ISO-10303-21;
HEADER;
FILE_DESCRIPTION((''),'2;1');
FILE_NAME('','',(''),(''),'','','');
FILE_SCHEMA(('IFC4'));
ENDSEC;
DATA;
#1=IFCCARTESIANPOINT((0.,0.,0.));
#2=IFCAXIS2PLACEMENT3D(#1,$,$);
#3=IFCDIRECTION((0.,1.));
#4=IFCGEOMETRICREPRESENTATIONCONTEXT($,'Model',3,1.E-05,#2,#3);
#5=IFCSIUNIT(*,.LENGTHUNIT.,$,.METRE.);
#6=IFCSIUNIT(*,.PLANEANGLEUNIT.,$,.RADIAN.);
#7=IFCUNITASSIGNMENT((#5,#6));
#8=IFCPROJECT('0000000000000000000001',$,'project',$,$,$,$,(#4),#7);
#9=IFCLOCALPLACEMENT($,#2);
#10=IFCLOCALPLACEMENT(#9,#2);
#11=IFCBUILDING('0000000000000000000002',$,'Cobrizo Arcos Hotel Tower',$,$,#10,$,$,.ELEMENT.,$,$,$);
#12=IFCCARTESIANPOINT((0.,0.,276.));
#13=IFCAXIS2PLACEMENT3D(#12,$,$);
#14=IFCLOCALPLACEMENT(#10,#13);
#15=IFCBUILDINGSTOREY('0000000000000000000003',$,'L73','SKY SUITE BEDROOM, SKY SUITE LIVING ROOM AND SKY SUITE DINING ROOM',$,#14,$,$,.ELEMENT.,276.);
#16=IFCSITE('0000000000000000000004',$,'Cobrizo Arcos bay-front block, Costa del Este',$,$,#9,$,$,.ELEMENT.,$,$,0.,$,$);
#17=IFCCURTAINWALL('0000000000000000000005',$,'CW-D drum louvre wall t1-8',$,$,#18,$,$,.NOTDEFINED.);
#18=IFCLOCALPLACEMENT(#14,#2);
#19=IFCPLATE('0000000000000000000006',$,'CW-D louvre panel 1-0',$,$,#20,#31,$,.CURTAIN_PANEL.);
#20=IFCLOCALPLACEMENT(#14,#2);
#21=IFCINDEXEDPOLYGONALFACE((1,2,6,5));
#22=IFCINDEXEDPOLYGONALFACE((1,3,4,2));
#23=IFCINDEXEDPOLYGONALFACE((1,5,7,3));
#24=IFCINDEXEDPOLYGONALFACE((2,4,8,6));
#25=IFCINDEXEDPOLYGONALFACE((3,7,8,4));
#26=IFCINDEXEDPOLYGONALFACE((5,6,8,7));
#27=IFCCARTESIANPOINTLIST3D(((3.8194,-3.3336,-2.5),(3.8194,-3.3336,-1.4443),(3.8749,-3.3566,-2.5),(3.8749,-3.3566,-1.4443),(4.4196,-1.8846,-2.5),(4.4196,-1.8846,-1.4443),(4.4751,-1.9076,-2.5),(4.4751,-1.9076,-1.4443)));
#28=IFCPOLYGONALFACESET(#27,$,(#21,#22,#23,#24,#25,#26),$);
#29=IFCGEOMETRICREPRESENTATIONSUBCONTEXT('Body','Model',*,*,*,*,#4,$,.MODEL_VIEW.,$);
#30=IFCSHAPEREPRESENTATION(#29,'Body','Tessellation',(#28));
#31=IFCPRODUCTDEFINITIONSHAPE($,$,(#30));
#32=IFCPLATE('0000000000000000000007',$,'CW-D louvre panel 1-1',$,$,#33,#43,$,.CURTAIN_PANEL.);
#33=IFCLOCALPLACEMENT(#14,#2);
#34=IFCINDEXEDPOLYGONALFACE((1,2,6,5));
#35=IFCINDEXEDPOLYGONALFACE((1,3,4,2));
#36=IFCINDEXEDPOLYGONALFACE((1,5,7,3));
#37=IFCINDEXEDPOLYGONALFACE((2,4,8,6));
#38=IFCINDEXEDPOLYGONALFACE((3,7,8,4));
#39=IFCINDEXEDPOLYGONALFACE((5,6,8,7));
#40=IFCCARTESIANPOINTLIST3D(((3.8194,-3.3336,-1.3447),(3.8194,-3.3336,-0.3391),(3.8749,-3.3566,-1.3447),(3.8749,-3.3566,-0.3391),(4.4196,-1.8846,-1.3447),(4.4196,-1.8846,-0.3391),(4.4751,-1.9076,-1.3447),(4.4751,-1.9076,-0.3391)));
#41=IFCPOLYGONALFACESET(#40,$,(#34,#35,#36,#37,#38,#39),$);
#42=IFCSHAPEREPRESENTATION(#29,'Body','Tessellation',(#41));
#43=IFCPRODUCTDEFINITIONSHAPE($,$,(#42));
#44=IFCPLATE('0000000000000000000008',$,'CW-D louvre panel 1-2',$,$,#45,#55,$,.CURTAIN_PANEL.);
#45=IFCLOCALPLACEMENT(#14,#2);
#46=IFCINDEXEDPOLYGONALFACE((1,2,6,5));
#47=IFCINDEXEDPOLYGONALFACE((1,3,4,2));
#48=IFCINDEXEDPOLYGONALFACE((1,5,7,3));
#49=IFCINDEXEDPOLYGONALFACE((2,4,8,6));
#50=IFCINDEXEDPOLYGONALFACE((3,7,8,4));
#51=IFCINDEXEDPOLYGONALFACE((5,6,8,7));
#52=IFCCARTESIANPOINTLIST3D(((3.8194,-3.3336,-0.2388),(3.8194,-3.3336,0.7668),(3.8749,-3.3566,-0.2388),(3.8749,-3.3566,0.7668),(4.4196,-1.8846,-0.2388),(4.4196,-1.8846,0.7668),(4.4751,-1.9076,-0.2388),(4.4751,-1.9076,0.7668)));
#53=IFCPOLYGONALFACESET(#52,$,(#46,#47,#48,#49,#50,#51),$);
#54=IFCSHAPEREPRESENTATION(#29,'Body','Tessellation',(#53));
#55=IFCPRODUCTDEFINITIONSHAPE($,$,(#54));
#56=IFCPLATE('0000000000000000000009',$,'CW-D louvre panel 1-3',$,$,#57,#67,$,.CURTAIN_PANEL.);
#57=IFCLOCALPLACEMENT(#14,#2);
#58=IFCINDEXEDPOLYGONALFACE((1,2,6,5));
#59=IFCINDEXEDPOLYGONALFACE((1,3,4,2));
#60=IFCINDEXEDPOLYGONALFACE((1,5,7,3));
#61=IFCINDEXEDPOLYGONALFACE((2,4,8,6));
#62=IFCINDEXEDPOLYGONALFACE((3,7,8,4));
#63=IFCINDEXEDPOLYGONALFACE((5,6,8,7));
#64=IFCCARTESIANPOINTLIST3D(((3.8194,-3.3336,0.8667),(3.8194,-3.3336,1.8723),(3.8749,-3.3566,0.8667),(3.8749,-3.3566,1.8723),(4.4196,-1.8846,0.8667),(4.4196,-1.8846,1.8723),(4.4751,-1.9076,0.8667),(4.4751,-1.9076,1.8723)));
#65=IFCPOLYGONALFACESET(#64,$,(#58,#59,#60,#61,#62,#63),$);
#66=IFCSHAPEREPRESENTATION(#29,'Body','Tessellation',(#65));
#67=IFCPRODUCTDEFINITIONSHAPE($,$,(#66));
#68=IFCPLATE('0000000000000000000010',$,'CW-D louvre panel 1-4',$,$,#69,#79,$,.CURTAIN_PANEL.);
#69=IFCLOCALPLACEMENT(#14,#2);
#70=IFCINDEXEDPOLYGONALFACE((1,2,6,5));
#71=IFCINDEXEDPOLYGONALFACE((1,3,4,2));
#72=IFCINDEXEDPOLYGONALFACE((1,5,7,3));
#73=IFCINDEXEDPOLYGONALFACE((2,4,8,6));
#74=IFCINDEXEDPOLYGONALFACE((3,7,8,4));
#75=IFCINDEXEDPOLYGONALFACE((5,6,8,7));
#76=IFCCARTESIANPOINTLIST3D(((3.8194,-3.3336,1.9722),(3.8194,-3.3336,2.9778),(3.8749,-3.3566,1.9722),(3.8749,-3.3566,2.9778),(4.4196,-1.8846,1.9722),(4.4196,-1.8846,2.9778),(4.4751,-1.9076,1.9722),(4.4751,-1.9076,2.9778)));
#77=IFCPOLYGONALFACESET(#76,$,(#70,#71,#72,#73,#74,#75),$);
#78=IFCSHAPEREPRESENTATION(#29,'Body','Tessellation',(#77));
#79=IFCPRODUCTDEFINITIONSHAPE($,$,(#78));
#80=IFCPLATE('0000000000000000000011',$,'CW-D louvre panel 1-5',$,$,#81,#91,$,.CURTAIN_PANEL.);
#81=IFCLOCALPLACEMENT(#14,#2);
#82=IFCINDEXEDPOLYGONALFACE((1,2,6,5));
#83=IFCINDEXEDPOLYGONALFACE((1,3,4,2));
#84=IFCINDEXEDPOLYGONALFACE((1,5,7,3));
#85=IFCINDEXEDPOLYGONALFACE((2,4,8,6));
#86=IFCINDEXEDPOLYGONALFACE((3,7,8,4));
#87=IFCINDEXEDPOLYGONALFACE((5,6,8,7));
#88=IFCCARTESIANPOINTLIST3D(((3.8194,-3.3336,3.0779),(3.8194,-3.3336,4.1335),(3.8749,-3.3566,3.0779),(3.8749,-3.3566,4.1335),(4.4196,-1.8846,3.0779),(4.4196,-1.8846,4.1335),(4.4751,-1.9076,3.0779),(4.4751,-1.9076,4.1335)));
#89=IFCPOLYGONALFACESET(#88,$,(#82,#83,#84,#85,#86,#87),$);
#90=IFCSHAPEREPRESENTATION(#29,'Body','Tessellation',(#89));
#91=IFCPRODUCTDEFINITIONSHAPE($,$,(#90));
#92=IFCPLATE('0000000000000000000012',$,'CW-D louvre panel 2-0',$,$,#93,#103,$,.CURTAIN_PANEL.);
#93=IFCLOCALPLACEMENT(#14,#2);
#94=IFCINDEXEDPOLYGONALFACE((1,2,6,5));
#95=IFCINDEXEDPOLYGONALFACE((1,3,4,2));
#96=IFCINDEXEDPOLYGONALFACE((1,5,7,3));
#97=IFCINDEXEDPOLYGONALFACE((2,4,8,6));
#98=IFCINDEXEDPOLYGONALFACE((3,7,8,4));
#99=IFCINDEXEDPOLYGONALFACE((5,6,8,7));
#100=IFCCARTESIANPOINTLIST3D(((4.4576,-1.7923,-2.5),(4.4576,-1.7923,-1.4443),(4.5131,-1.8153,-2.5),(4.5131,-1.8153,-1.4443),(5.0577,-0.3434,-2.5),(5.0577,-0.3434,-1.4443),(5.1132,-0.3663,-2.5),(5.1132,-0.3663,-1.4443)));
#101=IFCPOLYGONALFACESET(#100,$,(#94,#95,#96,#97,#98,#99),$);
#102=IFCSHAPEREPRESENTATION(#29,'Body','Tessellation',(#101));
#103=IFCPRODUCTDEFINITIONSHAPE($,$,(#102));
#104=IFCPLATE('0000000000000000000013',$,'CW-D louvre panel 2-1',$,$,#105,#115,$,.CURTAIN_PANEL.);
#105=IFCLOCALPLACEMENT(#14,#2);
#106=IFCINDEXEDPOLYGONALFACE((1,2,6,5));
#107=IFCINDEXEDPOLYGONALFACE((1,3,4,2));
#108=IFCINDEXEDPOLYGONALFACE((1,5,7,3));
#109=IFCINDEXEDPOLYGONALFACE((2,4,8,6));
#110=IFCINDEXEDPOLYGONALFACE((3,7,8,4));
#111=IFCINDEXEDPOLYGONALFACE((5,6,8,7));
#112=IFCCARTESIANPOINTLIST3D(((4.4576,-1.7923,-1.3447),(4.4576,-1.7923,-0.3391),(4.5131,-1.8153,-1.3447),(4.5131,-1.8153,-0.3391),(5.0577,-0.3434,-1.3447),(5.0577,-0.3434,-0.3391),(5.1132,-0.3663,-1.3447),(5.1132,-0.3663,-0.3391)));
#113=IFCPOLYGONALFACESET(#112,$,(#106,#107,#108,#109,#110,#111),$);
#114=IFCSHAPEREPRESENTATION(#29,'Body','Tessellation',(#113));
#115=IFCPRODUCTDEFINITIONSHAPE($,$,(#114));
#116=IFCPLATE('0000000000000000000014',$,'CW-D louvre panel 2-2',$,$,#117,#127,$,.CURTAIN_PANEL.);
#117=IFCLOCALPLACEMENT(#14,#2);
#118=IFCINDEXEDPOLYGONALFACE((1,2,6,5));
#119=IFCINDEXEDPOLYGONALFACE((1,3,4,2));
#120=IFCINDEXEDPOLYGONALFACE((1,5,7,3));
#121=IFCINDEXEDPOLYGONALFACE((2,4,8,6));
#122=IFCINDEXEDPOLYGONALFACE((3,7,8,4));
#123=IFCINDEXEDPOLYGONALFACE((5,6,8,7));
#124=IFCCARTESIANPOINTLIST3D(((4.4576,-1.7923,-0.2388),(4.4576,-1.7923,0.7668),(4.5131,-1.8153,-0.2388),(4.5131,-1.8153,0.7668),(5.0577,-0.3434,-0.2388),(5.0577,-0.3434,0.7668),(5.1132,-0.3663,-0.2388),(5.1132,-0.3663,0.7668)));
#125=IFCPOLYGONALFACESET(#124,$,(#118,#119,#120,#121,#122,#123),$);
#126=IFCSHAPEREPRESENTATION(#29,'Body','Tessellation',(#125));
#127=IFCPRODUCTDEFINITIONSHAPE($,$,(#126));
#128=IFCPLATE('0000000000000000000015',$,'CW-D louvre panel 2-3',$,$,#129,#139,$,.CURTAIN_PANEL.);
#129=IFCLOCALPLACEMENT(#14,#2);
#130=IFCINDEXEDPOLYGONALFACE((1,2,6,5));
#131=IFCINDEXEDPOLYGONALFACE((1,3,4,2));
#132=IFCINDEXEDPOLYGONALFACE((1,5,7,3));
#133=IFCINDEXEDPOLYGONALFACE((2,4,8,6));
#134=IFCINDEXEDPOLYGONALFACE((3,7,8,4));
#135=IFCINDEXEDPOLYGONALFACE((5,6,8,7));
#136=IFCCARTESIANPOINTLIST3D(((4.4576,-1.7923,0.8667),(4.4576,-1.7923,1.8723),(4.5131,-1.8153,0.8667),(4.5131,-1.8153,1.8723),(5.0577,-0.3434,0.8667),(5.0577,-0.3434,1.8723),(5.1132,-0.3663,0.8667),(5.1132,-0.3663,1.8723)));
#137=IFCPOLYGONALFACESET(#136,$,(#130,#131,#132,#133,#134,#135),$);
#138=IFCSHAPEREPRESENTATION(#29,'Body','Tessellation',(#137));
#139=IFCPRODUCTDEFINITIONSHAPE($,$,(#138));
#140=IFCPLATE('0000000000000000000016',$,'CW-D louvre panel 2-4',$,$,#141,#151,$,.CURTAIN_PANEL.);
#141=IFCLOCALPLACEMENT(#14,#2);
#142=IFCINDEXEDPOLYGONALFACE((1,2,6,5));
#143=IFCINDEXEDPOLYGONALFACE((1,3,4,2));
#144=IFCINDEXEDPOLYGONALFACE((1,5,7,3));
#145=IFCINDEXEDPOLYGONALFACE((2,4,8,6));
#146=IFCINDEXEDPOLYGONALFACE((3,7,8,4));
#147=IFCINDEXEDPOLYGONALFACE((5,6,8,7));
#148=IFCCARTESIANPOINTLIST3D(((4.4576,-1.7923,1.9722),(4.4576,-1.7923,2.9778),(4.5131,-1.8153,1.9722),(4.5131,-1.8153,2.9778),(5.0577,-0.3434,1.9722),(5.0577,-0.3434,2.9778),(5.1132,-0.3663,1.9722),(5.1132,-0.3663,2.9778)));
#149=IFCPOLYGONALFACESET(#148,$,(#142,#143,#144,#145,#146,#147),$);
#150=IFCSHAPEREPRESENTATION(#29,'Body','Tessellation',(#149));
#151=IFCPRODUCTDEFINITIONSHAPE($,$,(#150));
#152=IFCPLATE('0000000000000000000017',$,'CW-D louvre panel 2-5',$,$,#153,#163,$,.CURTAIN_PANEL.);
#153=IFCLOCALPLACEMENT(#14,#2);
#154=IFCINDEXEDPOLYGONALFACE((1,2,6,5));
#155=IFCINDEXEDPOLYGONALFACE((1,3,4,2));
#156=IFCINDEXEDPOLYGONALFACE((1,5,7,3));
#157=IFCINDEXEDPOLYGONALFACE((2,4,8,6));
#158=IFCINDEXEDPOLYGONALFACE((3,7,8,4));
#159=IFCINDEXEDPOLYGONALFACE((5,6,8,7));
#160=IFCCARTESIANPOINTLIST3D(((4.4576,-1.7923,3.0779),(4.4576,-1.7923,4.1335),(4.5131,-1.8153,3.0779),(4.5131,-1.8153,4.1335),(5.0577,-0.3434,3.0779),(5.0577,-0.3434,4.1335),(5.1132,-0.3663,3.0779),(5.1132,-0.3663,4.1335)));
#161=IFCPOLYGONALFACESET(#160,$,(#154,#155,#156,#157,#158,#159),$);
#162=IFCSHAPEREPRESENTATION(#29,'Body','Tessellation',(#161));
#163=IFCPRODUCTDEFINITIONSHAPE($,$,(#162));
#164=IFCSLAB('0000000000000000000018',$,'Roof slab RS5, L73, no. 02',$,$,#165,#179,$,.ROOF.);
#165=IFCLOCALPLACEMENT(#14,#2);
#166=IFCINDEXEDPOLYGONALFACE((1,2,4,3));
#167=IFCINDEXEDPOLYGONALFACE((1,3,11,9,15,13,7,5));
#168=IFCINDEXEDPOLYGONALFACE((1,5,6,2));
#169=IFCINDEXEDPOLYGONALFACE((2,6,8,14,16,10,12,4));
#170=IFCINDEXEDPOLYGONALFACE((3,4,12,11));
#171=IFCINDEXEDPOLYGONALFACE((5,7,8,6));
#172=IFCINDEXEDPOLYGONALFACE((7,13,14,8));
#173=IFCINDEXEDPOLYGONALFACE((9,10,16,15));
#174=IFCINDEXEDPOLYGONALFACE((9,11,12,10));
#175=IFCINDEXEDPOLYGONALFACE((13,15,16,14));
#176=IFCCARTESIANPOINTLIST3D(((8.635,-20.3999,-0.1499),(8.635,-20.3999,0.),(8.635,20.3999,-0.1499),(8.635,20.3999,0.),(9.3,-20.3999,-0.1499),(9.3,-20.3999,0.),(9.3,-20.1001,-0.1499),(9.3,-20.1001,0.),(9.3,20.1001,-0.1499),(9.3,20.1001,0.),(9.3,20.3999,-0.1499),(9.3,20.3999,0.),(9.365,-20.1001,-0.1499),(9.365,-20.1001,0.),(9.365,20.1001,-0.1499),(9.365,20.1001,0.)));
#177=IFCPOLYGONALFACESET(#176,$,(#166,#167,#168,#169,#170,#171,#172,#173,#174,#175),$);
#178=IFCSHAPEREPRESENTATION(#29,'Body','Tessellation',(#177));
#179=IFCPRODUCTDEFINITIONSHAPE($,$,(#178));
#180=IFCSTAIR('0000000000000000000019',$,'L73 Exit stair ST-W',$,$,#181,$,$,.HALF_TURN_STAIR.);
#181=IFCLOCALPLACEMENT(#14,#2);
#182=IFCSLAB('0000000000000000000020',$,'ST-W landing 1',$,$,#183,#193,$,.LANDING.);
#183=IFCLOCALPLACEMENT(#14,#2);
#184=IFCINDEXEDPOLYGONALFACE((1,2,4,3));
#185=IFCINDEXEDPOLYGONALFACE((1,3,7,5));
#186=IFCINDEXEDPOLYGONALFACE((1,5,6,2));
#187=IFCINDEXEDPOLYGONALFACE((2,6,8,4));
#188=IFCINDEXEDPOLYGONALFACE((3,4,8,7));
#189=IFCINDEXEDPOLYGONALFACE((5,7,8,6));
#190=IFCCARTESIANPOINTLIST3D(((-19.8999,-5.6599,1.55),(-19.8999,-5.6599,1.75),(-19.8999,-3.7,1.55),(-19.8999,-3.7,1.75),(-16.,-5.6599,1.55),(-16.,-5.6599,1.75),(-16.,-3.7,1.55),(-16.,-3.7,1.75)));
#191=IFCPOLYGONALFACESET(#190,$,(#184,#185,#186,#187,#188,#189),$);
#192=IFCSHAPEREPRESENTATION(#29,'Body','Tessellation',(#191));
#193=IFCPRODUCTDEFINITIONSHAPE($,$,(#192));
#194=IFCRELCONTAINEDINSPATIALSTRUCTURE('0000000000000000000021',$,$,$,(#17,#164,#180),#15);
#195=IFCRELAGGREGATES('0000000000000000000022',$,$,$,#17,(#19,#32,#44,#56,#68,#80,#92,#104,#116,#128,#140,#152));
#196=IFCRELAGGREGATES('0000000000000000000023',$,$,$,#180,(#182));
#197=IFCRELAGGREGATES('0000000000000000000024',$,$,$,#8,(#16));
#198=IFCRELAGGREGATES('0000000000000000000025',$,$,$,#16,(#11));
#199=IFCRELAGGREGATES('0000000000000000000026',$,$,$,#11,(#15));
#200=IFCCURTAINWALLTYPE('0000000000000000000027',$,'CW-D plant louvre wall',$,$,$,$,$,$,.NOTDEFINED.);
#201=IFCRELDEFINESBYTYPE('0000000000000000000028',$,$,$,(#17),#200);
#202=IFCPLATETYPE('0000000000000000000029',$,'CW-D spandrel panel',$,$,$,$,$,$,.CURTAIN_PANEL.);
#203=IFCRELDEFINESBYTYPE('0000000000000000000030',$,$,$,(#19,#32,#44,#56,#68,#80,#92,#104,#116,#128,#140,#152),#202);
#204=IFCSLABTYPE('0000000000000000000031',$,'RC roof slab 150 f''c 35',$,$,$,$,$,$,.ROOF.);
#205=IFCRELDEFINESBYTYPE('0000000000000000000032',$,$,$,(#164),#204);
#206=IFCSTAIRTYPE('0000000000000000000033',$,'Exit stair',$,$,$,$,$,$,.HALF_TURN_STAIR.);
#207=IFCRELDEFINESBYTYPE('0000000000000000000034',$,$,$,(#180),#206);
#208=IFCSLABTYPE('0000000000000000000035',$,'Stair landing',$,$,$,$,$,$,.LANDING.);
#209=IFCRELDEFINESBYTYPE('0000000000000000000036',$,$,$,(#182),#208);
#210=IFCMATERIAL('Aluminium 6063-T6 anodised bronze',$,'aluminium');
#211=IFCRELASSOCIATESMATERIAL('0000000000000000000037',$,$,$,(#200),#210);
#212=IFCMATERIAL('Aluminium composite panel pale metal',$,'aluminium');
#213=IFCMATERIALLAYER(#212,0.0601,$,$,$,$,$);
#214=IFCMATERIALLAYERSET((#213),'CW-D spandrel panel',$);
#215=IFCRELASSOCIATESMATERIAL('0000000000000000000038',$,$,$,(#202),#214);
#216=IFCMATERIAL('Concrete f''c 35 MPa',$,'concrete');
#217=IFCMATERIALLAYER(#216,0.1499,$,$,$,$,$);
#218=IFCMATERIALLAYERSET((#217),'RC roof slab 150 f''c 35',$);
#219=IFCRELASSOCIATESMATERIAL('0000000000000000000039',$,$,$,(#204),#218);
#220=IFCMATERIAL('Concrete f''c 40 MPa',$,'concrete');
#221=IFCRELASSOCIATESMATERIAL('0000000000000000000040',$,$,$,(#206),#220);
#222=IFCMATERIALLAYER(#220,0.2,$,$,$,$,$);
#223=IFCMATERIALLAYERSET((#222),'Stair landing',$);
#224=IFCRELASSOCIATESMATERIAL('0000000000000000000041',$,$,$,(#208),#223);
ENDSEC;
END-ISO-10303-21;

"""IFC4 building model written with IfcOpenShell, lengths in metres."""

from ifc_helpers import new_model, si_unit, direction, frame, origin, origin_2d, place, context, subcontext, project, spatial, polyline, rectangle, outline, extrude, material, layer, layer_set, type_object, element, aggregate, save


model = new_model("IFC4")

# Units and contexts
model_context = context("Model", 3, precision=1e-05, world=origin(), true_north=direction((0.0, 1.0)))
body_context = subcontext(model_context, "Body", "Model", "MODEL_VIEW")
ifc_project = project(units=[si_unit("LENGTHUNIT", "METRE"), si_unit("PLANEANGLEUNIT", "RADIAN")], contexts=[model_context])

# Site, building, storey
site_placement = place(None, origin())
site = spatial("IfcSite", under=ifc_project, at=site_placement, Name="Cobrizo Arcos bay-front block, Costa del Este", CompositionType="ELEMENT", RefElevation=0.0)
building_placement = place(site_placement, origin())
building = spatial("IfcBuilding", under=site, at=building_placement, Name="Cobrizo Arcos Hotel Tower", CompositionType="ELEMENT")
storey_placement = place(building_placement, frame((0.0, 0.0, 276.0)))
storey = spatial("IfcBuildingStorey", under=building, at=storey_placement, Name="L73", Description="SKY SUITE BEDROOM, SKY SUITE LIVING ROOM AND SKY SUITE DINING ROOM", CompositionType="ELEMENT", Elevation=276.0)

# Shared definitions
ifc_material_1 = material(Name="Aluminium 6063-T6 anodised bronze", Category="aluminium")
curtain_wall_type = type_object("IfcCurtainWallType", Name="CW-D plant louvre wall", PredefinedType="NOTDEFINED", material=ifc_material_1)

# Curtain wall
curtain_wall_1_placement = place(storey_placement, origin())
curtain_wall_1 = element("IfcCurtainWall", 1, at=curtain_wall_1_placement, inside=storey, type_object=curtain_wall_type, Name="CW-D drum louvre wall t1-8", PredefinedType="NOTDEFINED")

# Plates
ifc_material_2 = material(Name="Aluminium composite panel pale metal", Category="aluminium")
ifc_layer_1 = layer(ifc_material_2, 0.0601)
ifc_layer_set_1 = layer_set([ifc_layer_1], Name="CW-D spandrel panel")
plate_type = type_object("IfcPlateType", Name="CW-D spandrel panel", PredefinedType="CURTAIN_PANEL", material=ifc_layer_set_1)
plate_1_placement = place(storey_placement, frame((4.1472, -2.6206, -2.5), z_axis=(0.0, 0.0, 1.0), x_axis=(0.382683, 0.92388, 0.0)))
plate_1 = element("IfcPlate", 2, at=plate_1_placement, type_object=plate_type, Name="CW-D louvre panel 1-0", PredefinedType="CURTAIN_PANEL", context=body_context, shape_type="SweptSolid", body=[
    extrude(rectangle(XDim=1.5684, YDim=0.0601, at=origin_2d()), origin(), (0.0, 0.0, 1.0), 1.0557),
])
plate_2_placement = place(storey_placement, frame((4.1472, -2.6206, -1.3447), z_axis=(0.0, 0.0, 1.0), x_axis=(0.382683, 0.92388, 0.0)))
plate_2 = element("IfcPlate", 3, at=plate_2_placement, type_object=plate_type, Name="CW-D louvre panel 1-1", PredefinedType="CURTAIN_PANEL", context=body_context, shape_type="SweptSolid", body=[
    extrude(rectangle(XDim=1.5684, YDim=0.0601, at=origin_2d()), origin(), (0.0, 0.0, 1.0), 1.0056),
])
plate_3_placement = place(storey_placement, frame((4.1472, -2.6206, -0.2388), z_axis=(0.0, 0.0, 1.0), x_axis=(0.382683, 0.92388, 0.0)))
plate_3 = element("IfcPlate", 4, at=plate_3_placement, type_object=plate_type, Name="CW-D louvre panel 1-2", PredefinedType="CURTAIN_PANEL", context=body_context, shape_type="SweptSolid", body=[
    extrude(rectangle(XDim=1.5684, YDim=0.0601, at=origin_2d()), origin(), (0.0, 0.0, 1.0), 1.0056),
])
plate_4_placement = place(storey_placement, frame((4.1472, -2.6206, 0.8667), z_axis=(0.0, 0.0, 1.0), x_axis=(0.382683, 0.92388, 0.0)))
plate_4 = element("IfcPlate", 5, at=plate_4_placement, type_object=plate_type, Name="CW-D louvre panel 1-3", PredefinedType="CURTAIN_PANEL", context=body_context, shape_type="SweptSolid", body=[
    extrude(rectangle(XDim=1.5684, YDim=0.0601, at=origin_2d()), origin(), (0.0, 0.0, 1.0), 1.0056),
])
plate_5_placement = place(storey_placement, frame((4.1472, -2.6206, 1.9722), z_axis=(0.0, 0.0, 1.0), x_axis=(0.382683, 0.92388, 0.0)))
plate_5 = element("IfcPlate", 6, at=plate_5_placement, type_object=plate_type, Name="CW-D louvre panel 1-4", PredefinedType="CURTAIN_PANEL", context=body_context, shape_type="SweptSolid", body=[
    extrude(rectangle(XDim=1.5684, YDim=0.0601, at=origin_2d()), origin(), (0.0, 0.0, 1.0), 1.0056),
])
plate_6_placement = place(storey_placement, frame((4.1472, -2.6206, 3.0779), z_axis=(0.0, 0.0, 1.0), x_axis=(0.382683, 0.92388, 0.0)))
plate_6 = element("IfcPlate", 7, at=plate_6_placement, type_object=plate_type, Name="CW-D louvre panel 1-5", PredefinedType="CURTAIN_PANEL", context=body_context, shape_type="SweptSolid", body=[
    extrude(rectangle(XDim=1.5684, YDim=0.0601, at=origin_2d()), origin(), (0.0, 0.0, 1.0), 1.0557),
])
plate_7_placement = place(storey_placement, frame((4.7854, -1.0793, -2.5), z_axis=(0.0, 0.0, 1.0), x_axis=(0.382683, 0.92388, 0.0)))
plate_7 = element("IfcPlate", 8, at=plate_7_placement, type_object=plate_type, Name="CW-D louvre panel 2-0", PredefinedType="CURTAIN_PANEL", context=body_context, shape_type="SweptSolid", body=[
    extrude(rectangle(XDim=1.5684, YDim=0.0601, at=origin_2d()), origin(), (0.0, 0.0, 1.0), 1.0557),
])
plate_8_placement = place(storey_placement, frame((4.7854, -1.0793, -1.3447), z_axis=(0.0, 0.0, 1.0), x_axis=(0.382683, 0.92388, 0.0)))
plate_8 = element("IfcPlate", 9, at=plate_8_placement, type_object=plate_type, Name="CW-D louvre panel 2-1", PredefinedType="CURTAIN_PANEL", context=body_context, shape_type="SweptSolid", body=[
    extrude(rectangle(XDim=1.5684, YDim=0.0601, at=origin_2d()), origin(), (0.0, 0.0, 1.0), 1.0056),
])
plate_9_placement = place(storey_placement, frame((4.7854, -1.0793, -0.2388), z_axis=(0.0, 0.0, 1.0), x_axis=(0.382683, 0.92388, 0.0)))
plate_9 = element("IfcPlate", 10, at=plate_9_placement, type_object=plate_type, Name="CW-D louvre panel 2-2", PredefinedType="CURTAIN_PANEL", context=body_context, shape_type="SweptSolid", body=[
    extrude(rectangle(XDim=1.5684, YDim=0.0601, at=origin_2d()), origin(), (0.0, 0.0, 1.0), 1.0056),
])
plate_10_placement = place(storey_placement, frame((4.7854, -1.0793, 0.8667), z_axis=(0.0, 0.0, 1.0), x_axis=(0.382683, 0.92388, 0.0)))
plate_10 = element("IfcPlate", 11, at=plate_10_placement, type_object=plate_type, Name="CW-D louvre panel 2-3", PredefinedType="CURTAIN_PANEL", context=body_context, shape_type="SweptSolid", body=[
    extrude(rectangle(XDim=1.5684, YDim=0.0601, at=origin_2d()), origin(), (0.0, 0.0, 1.0), 1.0056),
])
plate_11_placement = place(storey_placement, frame((4.7854, -1.0793, 1.9722), z_axis=(0.0, 0.0, 1.0), x_axis=(0.382683, 0.92388, 0.0)))
plate_11 = element("IfcPlate", 12, at=plate_11_placement, type_object=plate_type, Name="CW-D louvre panel 2-4", PredefinedType="CURTAIN_PANEL", context=body_context, shape_type="SweptSolid", body=[
    extrude(rectangle(XDim=1.5684, YDim=0.0601, at=origin_2d()), origin(), (0.0, 0.0, 1.0), 1.0056),
])
plate_12_placement = place(storey_placement, frame((4.7854, -1.0793, 3.0779), z_axis=(0.0, 0.0, 1.0), x_axis=(0.382683, 0.92388, 0.0)))
plate_12 = element("IfcPlate", 13, at=plate_12_placement, type_object=plate_type, Name="CW-D louvre panel 2-5", PredefinedType="CURTAIN_PANEL", context=body_context, shape_type="SweptSolid", body=[
    extrude(rectangle(XDim=1.5684, YDim=0.0601, at=origin_2d()), origin(), (0.0, 0.0, 1.0), 1.0557),
])
aggregate(curtain_wall_1, [plate_1, plate_2, plate_3, plate_4, plate_5, plate_6, plate_7, plate_8, plate_9, plate_10, plate_11, plate_12])

# Slab
ifc_material_3 = material(Name="Concrete f'c 35 MPa", Category="concrete")
ifc_layer_2 = layer(ifc_material_3, 0.1499)
ifc_layer_set_2 = layer_set([ifc_layer_2], Name="RC roof slab 150 f'c 35")
slab_type_1 = type_object("IfcSlabType", Name="RC roof slab 150 f'c 35", PredefinedType="ROOF", material=ifc_layer_set_2)
slab_1_placement = place(storey_placement, frame((0.0, 0.0, -0.1499)))
element("IfcSlab", 14, at=slab_1_placement, inside=storey, type_object=slab_type_1, Name="Roof slab RS5, L73, no. 02", PredefinedType="ROOF", context=body_context, shape_type="SweptSolid", body=[
    extrude(outline(polyline([(9.3, 20.3999), (9.3, 20.1001), (9.365, 20.1001), (9.365, -20.1001), (9.3, -20.1001), (9.3, -20.3999), (8.635, -20.3999), (8.635, 20.3999), (9.3, 20.3999)])), origin(), (0.0, 0.0, 1.0), 0.1499),
])

# Stair, slab
ifc_material_4 = material(Name="Concrete f'c 40 MPa", Category="concrete")
stair_type = type_object("IfcStairType", Name="Exit stair", PredefinedType="HALF_TURN_STAIR", material=ifc_material_4)
stair_1_placement = place(storey_placement, origin())
stair_1 = element("IfcStair", 15, at=stair_1_placement, inside=storey, type_object=stair_type, Name="L73 Exit stair ST-W", PredefinedType="HALF_TURN_STAIR")
ifc_layer_3 = layer(ifc_material_4, 0.2)
ifc_layer_set_3 = layer_set([ifc_layer_3], Name="Stair landing")
slab_type_2 = type_object("IfcSlabType", Name="Stair landing", PredefinedType="LANDING", material=ifc_layer_set_3)
slab_2_placement = place(storey_placement, frame((0.0, 0.0, 1.55)))
slab_2 = element("IfcSlab", 16, at=slab_2_placement, type_object=slab_type_2, Name="ST-W landing 1", PredefinedType="LANDING", context=body_context, shape_type="SweptSolid", body=[
    extrude(outline(polyline([(-16.0, -5.6599), (-16.0, -3.7), (-19.8999, -3.7), (-19.8999, -5.6599), (-16.0, -5.6599)])), origin(), (0.0, 0.0, 1.0), 0.2),
])
aggregate(stair_1, [slab_2])

save(model, "model.ifc")
